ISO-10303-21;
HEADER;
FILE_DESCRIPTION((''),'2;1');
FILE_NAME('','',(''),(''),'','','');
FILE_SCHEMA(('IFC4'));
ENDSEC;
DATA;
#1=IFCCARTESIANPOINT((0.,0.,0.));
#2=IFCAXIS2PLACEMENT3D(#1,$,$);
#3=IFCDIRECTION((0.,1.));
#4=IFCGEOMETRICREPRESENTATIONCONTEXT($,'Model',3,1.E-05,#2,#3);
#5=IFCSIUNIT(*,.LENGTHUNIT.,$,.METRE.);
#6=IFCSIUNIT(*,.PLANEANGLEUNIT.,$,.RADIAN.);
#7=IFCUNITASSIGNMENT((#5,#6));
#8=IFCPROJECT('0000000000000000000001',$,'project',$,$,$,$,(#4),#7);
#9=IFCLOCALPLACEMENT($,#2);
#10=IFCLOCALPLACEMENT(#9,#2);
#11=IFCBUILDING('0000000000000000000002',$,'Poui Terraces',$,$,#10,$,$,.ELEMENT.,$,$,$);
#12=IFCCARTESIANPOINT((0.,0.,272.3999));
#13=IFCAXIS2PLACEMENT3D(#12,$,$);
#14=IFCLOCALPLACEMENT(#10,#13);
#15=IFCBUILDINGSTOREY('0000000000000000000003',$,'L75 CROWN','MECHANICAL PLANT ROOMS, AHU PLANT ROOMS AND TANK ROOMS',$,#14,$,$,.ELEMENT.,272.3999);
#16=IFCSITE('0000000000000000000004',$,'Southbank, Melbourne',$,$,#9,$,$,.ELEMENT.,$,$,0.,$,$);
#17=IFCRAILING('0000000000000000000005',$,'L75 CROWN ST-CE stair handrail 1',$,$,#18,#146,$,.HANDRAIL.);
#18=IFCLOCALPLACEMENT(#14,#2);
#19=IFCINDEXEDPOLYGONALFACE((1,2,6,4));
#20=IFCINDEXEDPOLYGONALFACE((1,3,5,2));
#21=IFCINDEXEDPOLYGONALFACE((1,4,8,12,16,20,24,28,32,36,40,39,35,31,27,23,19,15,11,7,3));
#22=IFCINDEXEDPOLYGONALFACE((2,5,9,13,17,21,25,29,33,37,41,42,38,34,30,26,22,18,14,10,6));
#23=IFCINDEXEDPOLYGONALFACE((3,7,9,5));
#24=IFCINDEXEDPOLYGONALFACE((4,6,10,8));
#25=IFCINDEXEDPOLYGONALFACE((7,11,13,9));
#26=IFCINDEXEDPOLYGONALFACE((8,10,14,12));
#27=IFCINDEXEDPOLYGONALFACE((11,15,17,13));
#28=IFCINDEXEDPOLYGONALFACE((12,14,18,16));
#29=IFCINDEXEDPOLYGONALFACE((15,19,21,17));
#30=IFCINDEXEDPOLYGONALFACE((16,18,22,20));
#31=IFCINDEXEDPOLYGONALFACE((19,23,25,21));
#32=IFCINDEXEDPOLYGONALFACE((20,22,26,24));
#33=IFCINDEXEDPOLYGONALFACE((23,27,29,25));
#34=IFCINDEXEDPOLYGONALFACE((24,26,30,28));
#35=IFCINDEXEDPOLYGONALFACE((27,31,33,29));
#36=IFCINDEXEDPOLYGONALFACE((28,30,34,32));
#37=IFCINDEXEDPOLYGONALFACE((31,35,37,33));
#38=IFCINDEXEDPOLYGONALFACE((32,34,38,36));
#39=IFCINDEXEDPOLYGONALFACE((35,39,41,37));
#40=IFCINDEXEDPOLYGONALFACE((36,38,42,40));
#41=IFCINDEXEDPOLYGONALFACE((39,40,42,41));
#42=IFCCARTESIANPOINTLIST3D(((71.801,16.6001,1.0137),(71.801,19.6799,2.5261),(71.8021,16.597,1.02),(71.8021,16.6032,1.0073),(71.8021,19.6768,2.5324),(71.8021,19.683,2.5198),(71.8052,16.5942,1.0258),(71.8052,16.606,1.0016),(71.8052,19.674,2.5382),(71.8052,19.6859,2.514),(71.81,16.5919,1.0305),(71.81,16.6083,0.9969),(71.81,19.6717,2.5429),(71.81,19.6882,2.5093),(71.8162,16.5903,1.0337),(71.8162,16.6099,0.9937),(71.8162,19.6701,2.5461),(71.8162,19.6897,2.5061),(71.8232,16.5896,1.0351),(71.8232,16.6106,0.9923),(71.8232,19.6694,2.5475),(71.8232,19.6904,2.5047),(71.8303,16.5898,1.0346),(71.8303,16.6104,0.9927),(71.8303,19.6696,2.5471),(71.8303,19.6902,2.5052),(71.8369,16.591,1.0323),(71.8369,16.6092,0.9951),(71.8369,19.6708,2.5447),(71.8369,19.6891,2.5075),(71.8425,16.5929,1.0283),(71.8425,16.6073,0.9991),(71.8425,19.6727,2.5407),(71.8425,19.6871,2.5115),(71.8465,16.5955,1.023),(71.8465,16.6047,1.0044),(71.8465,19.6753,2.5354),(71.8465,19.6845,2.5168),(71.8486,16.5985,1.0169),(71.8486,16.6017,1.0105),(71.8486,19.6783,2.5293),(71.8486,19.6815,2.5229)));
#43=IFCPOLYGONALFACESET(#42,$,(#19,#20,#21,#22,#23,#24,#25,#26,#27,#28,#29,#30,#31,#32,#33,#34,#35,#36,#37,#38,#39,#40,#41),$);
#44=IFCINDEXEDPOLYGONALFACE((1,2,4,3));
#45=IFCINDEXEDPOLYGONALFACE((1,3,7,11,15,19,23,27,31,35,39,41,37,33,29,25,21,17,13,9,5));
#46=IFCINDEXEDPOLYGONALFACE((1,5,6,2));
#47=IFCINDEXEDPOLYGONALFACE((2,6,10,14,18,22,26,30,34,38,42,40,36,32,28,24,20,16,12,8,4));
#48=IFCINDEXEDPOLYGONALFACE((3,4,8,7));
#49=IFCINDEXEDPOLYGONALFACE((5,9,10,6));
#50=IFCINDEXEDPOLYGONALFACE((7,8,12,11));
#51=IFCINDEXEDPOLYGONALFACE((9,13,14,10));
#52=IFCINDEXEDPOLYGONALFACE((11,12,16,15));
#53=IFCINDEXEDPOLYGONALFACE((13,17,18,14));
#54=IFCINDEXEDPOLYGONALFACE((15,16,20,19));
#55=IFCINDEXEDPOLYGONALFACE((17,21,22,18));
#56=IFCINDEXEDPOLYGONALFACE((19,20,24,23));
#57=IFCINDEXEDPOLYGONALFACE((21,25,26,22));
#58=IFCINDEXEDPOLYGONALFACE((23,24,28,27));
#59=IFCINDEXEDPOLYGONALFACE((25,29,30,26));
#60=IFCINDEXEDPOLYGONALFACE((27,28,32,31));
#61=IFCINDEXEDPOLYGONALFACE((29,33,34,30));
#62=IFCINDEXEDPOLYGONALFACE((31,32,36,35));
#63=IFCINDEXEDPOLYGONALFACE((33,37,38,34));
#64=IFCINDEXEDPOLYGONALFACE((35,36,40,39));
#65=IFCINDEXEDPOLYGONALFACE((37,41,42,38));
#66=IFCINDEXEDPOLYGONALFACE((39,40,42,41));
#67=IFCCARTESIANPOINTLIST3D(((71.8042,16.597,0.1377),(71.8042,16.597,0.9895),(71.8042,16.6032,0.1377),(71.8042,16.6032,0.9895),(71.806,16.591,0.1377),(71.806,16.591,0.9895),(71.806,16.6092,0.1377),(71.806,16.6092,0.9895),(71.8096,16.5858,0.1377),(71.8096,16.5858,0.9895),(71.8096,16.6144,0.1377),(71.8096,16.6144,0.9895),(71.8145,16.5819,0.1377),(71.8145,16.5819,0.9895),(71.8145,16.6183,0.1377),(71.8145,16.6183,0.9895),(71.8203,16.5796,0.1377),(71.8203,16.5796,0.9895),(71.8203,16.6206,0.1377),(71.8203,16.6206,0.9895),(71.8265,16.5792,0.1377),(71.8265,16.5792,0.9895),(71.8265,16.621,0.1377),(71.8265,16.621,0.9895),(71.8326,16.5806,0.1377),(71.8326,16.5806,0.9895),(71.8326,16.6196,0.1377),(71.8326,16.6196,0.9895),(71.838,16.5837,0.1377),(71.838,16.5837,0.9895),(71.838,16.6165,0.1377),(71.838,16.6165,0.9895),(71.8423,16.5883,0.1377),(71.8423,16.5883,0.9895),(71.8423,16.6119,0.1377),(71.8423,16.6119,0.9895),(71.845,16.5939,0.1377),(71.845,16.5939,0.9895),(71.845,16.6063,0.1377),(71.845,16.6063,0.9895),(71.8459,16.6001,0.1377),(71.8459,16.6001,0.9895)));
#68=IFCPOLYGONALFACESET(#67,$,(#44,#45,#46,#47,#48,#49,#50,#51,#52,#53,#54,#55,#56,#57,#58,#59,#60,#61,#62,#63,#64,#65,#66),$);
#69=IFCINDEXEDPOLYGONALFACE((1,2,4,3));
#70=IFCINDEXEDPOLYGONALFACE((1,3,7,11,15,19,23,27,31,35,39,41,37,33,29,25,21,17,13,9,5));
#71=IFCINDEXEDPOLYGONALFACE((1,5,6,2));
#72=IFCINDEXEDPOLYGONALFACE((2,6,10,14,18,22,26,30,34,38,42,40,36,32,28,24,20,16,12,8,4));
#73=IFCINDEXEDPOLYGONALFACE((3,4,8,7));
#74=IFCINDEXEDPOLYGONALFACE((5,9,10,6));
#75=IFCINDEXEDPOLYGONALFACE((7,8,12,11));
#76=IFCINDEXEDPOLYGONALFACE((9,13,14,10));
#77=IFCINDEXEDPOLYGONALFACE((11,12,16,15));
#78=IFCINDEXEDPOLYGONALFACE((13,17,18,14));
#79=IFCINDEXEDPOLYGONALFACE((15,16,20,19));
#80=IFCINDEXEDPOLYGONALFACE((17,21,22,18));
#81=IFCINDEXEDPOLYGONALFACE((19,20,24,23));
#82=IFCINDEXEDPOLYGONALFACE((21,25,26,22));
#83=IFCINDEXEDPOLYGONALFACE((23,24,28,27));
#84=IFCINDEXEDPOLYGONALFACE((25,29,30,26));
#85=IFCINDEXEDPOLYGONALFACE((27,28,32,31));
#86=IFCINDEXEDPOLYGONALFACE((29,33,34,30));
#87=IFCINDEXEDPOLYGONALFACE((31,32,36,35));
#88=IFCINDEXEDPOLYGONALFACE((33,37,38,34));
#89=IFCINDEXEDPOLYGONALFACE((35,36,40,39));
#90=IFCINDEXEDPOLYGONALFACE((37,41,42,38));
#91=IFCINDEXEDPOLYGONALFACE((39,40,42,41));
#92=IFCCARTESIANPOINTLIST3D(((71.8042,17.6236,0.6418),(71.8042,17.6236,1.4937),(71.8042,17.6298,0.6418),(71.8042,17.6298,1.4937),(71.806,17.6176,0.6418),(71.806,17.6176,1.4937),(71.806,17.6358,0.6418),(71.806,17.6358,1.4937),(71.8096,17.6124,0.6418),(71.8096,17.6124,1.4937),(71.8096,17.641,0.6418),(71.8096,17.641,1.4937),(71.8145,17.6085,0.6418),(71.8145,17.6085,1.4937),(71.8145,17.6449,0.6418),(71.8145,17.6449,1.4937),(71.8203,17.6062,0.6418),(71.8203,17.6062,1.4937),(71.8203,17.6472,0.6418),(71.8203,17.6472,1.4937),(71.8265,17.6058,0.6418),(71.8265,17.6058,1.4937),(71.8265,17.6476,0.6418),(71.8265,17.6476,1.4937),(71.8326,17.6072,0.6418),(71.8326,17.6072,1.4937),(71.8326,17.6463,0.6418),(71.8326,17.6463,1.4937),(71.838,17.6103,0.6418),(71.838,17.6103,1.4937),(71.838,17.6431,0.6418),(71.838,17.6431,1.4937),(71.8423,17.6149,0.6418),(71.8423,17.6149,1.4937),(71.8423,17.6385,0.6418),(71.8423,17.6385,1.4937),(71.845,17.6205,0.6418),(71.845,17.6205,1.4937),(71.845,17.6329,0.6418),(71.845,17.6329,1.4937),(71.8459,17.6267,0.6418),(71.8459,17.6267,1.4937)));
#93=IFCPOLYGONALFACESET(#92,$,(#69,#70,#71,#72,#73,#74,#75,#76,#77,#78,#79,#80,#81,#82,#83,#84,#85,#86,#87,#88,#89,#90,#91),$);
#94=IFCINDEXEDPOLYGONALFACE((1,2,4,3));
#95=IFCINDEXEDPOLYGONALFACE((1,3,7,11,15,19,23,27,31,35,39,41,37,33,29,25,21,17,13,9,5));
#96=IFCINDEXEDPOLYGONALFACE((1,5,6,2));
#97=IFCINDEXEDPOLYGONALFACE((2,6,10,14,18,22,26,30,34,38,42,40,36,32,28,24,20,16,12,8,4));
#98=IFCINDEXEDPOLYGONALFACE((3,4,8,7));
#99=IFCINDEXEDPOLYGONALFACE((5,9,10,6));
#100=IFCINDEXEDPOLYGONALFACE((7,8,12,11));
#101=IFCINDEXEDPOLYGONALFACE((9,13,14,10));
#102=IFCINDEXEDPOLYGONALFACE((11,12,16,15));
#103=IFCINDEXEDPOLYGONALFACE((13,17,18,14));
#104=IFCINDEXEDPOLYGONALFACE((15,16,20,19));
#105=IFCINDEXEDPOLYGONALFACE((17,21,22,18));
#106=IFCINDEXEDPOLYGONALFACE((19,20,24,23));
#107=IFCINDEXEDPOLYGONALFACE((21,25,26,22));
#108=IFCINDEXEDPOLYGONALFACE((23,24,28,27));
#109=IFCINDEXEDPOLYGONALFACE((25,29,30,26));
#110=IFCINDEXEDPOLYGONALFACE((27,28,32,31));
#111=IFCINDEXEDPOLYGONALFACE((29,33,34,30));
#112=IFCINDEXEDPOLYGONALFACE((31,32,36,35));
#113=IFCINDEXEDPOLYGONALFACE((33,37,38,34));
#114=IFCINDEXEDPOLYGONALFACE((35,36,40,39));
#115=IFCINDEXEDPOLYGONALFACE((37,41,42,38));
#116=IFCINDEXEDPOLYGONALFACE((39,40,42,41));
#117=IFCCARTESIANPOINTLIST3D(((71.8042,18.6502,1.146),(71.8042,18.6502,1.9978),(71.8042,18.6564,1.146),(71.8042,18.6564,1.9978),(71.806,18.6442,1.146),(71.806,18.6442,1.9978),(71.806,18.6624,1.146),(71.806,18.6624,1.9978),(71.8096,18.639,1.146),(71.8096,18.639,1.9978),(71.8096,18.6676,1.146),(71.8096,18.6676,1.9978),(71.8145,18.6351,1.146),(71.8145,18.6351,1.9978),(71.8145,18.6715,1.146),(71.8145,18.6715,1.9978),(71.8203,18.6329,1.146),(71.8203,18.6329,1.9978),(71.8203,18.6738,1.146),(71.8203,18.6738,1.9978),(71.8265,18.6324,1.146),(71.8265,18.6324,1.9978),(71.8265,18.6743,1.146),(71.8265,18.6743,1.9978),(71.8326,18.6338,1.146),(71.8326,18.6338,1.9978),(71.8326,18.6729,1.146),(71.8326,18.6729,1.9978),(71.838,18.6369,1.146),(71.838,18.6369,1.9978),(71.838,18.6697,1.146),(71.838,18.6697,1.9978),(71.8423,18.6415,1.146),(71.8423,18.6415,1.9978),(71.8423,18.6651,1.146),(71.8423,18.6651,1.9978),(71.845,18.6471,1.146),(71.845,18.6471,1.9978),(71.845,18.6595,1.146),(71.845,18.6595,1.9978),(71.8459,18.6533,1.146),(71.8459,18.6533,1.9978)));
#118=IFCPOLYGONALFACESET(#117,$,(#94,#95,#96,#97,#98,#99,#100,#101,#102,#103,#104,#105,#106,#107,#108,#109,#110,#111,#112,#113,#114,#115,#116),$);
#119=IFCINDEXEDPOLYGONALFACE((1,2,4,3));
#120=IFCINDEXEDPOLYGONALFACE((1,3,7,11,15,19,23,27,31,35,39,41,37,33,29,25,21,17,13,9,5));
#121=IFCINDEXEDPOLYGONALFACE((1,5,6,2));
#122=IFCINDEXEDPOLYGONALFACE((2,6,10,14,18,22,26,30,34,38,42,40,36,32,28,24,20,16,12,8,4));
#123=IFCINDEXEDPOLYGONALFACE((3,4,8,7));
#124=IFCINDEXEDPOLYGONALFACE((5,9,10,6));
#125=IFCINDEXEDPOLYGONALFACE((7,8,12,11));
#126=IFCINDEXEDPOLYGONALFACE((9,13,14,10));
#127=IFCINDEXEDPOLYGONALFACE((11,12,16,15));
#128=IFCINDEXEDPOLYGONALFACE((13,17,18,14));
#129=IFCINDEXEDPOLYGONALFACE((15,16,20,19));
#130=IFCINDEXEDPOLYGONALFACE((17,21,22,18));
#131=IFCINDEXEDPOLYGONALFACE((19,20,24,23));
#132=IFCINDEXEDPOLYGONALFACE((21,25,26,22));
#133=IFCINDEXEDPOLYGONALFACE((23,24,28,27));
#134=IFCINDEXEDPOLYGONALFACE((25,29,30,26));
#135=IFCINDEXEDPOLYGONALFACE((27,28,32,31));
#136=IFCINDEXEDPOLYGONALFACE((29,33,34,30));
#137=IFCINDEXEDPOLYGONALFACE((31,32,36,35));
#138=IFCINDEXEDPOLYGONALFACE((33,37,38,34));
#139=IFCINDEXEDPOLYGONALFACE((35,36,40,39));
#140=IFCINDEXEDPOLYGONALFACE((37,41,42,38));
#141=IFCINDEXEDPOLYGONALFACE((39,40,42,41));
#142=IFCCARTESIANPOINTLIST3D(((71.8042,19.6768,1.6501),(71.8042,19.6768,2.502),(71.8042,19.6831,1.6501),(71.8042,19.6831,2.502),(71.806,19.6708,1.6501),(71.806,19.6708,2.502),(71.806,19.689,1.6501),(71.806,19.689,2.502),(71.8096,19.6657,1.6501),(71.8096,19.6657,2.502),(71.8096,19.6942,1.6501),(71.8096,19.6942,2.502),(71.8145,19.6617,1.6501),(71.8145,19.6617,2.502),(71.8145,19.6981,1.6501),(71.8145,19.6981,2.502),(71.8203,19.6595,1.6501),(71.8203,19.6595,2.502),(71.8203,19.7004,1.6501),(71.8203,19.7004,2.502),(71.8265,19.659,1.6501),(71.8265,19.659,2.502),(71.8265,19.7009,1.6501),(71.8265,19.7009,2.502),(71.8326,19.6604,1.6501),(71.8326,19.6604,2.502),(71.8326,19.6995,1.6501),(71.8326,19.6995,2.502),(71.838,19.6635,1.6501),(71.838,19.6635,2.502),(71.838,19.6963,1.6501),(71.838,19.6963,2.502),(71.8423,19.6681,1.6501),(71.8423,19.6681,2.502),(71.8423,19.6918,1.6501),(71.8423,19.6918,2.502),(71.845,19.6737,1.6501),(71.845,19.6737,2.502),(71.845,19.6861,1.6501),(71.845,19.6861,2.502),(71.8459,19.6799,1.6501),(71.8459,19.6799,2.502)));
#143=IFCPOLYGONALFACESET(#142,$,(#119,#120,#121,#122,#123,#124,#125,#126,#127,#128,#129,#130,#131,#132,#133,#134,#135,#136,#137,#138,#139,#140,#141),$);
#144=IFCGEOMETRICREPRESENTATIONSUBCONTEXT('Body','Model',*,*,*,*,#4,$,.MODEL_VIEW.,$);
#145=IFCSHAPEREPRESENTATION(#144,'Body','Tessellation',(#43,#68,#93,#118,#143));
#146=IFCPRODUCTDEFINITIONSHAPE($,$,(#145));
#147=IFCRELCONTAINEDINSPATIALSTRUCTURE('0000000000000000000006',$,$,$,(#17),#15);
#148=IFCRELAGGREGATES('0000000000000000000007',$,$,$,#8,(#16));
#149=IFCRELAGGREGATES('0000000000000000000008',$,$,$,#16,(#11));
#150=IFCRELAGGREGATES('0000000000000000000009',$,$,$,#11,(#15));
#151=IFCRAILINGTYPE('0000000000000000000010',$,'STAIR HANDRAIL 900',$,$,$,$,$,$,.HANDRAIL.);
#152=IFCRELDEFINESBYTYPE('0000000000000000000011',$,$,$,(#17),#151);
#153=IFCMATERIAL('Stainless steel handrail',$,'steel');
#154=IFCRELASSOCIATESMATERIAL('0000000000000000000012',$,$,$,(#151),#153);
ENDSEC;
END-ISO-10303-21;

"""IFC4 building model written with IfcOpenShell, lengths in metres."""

from ifc_helpers import new_model, si_unit, direction, frame, origin, origin_2d, place, context, subcontext, project, spatial, circle, extrude, material, type_object, element, save


model = new_model("IFC4")

# Units and contexts
model_context = context("Model", 3, precision=1e-05, world=origin(), true_north=direction((0.0, 1.0)))
body_context = subcontext(model_context, "Body", "Model", "MODEL_VIEW")
ifc_project = project(units=[si_unit("LENGTHUNIT", "METRE"), si_unit("PLANEANGLEUNIT", "RADIAN")], contexts=[model_context])

# Site, building, storey
site_placement = place(None, origin())
site = spatial("IfcSite", under=ifc_project, at=site_placement, Name="Southbank, Melbourne", CompositionType="ELEMENT", RefElevation=0.0)
building_placement = place(site_placement, origin())
building = spatial("IfcBuilding", under=site, at=building_placement, Name="Poui Terraces", CompositionType="ELEMENT")
storey_placement = place(building_placement, frame((0.0, 0.0, 272.3999)))
storey = spatial("IfcBuildingStorey", under=building, at=storey_placement, Name="L75 CROWN", Description="MECHANICAL PLANT ROOMS, AHU PLANT ROOMS AND TANK ROOMS", CompositionType="ELEMENT", Elevation=272.3999)

# Railing
ifc_material_1 = material(Name="Stainless steel handrail", Category="steel")
railing_type_1 = type_object("IfcRailingType", Name="STAIR HANDRAIL 900", PredefinedType="HANDRAIL", material=ifc_material_1)
for number, where, name in (
    (1, (71.825, 16.6001, 0.1377), "L75 CROWN ST-CE stair handrail 1"),
):
    element("IfcRailing", number, at=place(storey_placement, frame(where)), inside=storey, type_object=railing_type_1, Name=name, PredefinedType="HANDRAIL", context=body_context, shape_type="SweptSolid", body=[
        extrude(circle(Radius=0.0239, at=origin_2d()), frame((0.0, 0.0, 0.876), z_axis=(0.0, 0.897606, 0.440798), x_axis=(-1.0, 0.0, 0.0)), (0.0, 0.0, 1.0), 3.4312),
        extrude(circle(Radius=0.021, at=origin_2d()), origin(), (0.0, 0.0, 1.0), 0.8518),
        extrude(circle(Radius=0.021, at=origin_2d()), frame((0.0, 1.0266, 0.5042)), (0.0, 0.0, 1.0), 0.8518),
        extrude(circle(Radius=0.021, at=origin_2d()), frame((0.0, 2.0532, 1.0083)), (0.0, 0.0, 1.0), 0.8518),
        extrude(circle(Radius=0.021, at=origin_2d()), frame((0.0, 3.0798, 1.5125)), (0.0, 0.0, 1.0), 0.8518),
    ])

save(model, "model.ifc")
